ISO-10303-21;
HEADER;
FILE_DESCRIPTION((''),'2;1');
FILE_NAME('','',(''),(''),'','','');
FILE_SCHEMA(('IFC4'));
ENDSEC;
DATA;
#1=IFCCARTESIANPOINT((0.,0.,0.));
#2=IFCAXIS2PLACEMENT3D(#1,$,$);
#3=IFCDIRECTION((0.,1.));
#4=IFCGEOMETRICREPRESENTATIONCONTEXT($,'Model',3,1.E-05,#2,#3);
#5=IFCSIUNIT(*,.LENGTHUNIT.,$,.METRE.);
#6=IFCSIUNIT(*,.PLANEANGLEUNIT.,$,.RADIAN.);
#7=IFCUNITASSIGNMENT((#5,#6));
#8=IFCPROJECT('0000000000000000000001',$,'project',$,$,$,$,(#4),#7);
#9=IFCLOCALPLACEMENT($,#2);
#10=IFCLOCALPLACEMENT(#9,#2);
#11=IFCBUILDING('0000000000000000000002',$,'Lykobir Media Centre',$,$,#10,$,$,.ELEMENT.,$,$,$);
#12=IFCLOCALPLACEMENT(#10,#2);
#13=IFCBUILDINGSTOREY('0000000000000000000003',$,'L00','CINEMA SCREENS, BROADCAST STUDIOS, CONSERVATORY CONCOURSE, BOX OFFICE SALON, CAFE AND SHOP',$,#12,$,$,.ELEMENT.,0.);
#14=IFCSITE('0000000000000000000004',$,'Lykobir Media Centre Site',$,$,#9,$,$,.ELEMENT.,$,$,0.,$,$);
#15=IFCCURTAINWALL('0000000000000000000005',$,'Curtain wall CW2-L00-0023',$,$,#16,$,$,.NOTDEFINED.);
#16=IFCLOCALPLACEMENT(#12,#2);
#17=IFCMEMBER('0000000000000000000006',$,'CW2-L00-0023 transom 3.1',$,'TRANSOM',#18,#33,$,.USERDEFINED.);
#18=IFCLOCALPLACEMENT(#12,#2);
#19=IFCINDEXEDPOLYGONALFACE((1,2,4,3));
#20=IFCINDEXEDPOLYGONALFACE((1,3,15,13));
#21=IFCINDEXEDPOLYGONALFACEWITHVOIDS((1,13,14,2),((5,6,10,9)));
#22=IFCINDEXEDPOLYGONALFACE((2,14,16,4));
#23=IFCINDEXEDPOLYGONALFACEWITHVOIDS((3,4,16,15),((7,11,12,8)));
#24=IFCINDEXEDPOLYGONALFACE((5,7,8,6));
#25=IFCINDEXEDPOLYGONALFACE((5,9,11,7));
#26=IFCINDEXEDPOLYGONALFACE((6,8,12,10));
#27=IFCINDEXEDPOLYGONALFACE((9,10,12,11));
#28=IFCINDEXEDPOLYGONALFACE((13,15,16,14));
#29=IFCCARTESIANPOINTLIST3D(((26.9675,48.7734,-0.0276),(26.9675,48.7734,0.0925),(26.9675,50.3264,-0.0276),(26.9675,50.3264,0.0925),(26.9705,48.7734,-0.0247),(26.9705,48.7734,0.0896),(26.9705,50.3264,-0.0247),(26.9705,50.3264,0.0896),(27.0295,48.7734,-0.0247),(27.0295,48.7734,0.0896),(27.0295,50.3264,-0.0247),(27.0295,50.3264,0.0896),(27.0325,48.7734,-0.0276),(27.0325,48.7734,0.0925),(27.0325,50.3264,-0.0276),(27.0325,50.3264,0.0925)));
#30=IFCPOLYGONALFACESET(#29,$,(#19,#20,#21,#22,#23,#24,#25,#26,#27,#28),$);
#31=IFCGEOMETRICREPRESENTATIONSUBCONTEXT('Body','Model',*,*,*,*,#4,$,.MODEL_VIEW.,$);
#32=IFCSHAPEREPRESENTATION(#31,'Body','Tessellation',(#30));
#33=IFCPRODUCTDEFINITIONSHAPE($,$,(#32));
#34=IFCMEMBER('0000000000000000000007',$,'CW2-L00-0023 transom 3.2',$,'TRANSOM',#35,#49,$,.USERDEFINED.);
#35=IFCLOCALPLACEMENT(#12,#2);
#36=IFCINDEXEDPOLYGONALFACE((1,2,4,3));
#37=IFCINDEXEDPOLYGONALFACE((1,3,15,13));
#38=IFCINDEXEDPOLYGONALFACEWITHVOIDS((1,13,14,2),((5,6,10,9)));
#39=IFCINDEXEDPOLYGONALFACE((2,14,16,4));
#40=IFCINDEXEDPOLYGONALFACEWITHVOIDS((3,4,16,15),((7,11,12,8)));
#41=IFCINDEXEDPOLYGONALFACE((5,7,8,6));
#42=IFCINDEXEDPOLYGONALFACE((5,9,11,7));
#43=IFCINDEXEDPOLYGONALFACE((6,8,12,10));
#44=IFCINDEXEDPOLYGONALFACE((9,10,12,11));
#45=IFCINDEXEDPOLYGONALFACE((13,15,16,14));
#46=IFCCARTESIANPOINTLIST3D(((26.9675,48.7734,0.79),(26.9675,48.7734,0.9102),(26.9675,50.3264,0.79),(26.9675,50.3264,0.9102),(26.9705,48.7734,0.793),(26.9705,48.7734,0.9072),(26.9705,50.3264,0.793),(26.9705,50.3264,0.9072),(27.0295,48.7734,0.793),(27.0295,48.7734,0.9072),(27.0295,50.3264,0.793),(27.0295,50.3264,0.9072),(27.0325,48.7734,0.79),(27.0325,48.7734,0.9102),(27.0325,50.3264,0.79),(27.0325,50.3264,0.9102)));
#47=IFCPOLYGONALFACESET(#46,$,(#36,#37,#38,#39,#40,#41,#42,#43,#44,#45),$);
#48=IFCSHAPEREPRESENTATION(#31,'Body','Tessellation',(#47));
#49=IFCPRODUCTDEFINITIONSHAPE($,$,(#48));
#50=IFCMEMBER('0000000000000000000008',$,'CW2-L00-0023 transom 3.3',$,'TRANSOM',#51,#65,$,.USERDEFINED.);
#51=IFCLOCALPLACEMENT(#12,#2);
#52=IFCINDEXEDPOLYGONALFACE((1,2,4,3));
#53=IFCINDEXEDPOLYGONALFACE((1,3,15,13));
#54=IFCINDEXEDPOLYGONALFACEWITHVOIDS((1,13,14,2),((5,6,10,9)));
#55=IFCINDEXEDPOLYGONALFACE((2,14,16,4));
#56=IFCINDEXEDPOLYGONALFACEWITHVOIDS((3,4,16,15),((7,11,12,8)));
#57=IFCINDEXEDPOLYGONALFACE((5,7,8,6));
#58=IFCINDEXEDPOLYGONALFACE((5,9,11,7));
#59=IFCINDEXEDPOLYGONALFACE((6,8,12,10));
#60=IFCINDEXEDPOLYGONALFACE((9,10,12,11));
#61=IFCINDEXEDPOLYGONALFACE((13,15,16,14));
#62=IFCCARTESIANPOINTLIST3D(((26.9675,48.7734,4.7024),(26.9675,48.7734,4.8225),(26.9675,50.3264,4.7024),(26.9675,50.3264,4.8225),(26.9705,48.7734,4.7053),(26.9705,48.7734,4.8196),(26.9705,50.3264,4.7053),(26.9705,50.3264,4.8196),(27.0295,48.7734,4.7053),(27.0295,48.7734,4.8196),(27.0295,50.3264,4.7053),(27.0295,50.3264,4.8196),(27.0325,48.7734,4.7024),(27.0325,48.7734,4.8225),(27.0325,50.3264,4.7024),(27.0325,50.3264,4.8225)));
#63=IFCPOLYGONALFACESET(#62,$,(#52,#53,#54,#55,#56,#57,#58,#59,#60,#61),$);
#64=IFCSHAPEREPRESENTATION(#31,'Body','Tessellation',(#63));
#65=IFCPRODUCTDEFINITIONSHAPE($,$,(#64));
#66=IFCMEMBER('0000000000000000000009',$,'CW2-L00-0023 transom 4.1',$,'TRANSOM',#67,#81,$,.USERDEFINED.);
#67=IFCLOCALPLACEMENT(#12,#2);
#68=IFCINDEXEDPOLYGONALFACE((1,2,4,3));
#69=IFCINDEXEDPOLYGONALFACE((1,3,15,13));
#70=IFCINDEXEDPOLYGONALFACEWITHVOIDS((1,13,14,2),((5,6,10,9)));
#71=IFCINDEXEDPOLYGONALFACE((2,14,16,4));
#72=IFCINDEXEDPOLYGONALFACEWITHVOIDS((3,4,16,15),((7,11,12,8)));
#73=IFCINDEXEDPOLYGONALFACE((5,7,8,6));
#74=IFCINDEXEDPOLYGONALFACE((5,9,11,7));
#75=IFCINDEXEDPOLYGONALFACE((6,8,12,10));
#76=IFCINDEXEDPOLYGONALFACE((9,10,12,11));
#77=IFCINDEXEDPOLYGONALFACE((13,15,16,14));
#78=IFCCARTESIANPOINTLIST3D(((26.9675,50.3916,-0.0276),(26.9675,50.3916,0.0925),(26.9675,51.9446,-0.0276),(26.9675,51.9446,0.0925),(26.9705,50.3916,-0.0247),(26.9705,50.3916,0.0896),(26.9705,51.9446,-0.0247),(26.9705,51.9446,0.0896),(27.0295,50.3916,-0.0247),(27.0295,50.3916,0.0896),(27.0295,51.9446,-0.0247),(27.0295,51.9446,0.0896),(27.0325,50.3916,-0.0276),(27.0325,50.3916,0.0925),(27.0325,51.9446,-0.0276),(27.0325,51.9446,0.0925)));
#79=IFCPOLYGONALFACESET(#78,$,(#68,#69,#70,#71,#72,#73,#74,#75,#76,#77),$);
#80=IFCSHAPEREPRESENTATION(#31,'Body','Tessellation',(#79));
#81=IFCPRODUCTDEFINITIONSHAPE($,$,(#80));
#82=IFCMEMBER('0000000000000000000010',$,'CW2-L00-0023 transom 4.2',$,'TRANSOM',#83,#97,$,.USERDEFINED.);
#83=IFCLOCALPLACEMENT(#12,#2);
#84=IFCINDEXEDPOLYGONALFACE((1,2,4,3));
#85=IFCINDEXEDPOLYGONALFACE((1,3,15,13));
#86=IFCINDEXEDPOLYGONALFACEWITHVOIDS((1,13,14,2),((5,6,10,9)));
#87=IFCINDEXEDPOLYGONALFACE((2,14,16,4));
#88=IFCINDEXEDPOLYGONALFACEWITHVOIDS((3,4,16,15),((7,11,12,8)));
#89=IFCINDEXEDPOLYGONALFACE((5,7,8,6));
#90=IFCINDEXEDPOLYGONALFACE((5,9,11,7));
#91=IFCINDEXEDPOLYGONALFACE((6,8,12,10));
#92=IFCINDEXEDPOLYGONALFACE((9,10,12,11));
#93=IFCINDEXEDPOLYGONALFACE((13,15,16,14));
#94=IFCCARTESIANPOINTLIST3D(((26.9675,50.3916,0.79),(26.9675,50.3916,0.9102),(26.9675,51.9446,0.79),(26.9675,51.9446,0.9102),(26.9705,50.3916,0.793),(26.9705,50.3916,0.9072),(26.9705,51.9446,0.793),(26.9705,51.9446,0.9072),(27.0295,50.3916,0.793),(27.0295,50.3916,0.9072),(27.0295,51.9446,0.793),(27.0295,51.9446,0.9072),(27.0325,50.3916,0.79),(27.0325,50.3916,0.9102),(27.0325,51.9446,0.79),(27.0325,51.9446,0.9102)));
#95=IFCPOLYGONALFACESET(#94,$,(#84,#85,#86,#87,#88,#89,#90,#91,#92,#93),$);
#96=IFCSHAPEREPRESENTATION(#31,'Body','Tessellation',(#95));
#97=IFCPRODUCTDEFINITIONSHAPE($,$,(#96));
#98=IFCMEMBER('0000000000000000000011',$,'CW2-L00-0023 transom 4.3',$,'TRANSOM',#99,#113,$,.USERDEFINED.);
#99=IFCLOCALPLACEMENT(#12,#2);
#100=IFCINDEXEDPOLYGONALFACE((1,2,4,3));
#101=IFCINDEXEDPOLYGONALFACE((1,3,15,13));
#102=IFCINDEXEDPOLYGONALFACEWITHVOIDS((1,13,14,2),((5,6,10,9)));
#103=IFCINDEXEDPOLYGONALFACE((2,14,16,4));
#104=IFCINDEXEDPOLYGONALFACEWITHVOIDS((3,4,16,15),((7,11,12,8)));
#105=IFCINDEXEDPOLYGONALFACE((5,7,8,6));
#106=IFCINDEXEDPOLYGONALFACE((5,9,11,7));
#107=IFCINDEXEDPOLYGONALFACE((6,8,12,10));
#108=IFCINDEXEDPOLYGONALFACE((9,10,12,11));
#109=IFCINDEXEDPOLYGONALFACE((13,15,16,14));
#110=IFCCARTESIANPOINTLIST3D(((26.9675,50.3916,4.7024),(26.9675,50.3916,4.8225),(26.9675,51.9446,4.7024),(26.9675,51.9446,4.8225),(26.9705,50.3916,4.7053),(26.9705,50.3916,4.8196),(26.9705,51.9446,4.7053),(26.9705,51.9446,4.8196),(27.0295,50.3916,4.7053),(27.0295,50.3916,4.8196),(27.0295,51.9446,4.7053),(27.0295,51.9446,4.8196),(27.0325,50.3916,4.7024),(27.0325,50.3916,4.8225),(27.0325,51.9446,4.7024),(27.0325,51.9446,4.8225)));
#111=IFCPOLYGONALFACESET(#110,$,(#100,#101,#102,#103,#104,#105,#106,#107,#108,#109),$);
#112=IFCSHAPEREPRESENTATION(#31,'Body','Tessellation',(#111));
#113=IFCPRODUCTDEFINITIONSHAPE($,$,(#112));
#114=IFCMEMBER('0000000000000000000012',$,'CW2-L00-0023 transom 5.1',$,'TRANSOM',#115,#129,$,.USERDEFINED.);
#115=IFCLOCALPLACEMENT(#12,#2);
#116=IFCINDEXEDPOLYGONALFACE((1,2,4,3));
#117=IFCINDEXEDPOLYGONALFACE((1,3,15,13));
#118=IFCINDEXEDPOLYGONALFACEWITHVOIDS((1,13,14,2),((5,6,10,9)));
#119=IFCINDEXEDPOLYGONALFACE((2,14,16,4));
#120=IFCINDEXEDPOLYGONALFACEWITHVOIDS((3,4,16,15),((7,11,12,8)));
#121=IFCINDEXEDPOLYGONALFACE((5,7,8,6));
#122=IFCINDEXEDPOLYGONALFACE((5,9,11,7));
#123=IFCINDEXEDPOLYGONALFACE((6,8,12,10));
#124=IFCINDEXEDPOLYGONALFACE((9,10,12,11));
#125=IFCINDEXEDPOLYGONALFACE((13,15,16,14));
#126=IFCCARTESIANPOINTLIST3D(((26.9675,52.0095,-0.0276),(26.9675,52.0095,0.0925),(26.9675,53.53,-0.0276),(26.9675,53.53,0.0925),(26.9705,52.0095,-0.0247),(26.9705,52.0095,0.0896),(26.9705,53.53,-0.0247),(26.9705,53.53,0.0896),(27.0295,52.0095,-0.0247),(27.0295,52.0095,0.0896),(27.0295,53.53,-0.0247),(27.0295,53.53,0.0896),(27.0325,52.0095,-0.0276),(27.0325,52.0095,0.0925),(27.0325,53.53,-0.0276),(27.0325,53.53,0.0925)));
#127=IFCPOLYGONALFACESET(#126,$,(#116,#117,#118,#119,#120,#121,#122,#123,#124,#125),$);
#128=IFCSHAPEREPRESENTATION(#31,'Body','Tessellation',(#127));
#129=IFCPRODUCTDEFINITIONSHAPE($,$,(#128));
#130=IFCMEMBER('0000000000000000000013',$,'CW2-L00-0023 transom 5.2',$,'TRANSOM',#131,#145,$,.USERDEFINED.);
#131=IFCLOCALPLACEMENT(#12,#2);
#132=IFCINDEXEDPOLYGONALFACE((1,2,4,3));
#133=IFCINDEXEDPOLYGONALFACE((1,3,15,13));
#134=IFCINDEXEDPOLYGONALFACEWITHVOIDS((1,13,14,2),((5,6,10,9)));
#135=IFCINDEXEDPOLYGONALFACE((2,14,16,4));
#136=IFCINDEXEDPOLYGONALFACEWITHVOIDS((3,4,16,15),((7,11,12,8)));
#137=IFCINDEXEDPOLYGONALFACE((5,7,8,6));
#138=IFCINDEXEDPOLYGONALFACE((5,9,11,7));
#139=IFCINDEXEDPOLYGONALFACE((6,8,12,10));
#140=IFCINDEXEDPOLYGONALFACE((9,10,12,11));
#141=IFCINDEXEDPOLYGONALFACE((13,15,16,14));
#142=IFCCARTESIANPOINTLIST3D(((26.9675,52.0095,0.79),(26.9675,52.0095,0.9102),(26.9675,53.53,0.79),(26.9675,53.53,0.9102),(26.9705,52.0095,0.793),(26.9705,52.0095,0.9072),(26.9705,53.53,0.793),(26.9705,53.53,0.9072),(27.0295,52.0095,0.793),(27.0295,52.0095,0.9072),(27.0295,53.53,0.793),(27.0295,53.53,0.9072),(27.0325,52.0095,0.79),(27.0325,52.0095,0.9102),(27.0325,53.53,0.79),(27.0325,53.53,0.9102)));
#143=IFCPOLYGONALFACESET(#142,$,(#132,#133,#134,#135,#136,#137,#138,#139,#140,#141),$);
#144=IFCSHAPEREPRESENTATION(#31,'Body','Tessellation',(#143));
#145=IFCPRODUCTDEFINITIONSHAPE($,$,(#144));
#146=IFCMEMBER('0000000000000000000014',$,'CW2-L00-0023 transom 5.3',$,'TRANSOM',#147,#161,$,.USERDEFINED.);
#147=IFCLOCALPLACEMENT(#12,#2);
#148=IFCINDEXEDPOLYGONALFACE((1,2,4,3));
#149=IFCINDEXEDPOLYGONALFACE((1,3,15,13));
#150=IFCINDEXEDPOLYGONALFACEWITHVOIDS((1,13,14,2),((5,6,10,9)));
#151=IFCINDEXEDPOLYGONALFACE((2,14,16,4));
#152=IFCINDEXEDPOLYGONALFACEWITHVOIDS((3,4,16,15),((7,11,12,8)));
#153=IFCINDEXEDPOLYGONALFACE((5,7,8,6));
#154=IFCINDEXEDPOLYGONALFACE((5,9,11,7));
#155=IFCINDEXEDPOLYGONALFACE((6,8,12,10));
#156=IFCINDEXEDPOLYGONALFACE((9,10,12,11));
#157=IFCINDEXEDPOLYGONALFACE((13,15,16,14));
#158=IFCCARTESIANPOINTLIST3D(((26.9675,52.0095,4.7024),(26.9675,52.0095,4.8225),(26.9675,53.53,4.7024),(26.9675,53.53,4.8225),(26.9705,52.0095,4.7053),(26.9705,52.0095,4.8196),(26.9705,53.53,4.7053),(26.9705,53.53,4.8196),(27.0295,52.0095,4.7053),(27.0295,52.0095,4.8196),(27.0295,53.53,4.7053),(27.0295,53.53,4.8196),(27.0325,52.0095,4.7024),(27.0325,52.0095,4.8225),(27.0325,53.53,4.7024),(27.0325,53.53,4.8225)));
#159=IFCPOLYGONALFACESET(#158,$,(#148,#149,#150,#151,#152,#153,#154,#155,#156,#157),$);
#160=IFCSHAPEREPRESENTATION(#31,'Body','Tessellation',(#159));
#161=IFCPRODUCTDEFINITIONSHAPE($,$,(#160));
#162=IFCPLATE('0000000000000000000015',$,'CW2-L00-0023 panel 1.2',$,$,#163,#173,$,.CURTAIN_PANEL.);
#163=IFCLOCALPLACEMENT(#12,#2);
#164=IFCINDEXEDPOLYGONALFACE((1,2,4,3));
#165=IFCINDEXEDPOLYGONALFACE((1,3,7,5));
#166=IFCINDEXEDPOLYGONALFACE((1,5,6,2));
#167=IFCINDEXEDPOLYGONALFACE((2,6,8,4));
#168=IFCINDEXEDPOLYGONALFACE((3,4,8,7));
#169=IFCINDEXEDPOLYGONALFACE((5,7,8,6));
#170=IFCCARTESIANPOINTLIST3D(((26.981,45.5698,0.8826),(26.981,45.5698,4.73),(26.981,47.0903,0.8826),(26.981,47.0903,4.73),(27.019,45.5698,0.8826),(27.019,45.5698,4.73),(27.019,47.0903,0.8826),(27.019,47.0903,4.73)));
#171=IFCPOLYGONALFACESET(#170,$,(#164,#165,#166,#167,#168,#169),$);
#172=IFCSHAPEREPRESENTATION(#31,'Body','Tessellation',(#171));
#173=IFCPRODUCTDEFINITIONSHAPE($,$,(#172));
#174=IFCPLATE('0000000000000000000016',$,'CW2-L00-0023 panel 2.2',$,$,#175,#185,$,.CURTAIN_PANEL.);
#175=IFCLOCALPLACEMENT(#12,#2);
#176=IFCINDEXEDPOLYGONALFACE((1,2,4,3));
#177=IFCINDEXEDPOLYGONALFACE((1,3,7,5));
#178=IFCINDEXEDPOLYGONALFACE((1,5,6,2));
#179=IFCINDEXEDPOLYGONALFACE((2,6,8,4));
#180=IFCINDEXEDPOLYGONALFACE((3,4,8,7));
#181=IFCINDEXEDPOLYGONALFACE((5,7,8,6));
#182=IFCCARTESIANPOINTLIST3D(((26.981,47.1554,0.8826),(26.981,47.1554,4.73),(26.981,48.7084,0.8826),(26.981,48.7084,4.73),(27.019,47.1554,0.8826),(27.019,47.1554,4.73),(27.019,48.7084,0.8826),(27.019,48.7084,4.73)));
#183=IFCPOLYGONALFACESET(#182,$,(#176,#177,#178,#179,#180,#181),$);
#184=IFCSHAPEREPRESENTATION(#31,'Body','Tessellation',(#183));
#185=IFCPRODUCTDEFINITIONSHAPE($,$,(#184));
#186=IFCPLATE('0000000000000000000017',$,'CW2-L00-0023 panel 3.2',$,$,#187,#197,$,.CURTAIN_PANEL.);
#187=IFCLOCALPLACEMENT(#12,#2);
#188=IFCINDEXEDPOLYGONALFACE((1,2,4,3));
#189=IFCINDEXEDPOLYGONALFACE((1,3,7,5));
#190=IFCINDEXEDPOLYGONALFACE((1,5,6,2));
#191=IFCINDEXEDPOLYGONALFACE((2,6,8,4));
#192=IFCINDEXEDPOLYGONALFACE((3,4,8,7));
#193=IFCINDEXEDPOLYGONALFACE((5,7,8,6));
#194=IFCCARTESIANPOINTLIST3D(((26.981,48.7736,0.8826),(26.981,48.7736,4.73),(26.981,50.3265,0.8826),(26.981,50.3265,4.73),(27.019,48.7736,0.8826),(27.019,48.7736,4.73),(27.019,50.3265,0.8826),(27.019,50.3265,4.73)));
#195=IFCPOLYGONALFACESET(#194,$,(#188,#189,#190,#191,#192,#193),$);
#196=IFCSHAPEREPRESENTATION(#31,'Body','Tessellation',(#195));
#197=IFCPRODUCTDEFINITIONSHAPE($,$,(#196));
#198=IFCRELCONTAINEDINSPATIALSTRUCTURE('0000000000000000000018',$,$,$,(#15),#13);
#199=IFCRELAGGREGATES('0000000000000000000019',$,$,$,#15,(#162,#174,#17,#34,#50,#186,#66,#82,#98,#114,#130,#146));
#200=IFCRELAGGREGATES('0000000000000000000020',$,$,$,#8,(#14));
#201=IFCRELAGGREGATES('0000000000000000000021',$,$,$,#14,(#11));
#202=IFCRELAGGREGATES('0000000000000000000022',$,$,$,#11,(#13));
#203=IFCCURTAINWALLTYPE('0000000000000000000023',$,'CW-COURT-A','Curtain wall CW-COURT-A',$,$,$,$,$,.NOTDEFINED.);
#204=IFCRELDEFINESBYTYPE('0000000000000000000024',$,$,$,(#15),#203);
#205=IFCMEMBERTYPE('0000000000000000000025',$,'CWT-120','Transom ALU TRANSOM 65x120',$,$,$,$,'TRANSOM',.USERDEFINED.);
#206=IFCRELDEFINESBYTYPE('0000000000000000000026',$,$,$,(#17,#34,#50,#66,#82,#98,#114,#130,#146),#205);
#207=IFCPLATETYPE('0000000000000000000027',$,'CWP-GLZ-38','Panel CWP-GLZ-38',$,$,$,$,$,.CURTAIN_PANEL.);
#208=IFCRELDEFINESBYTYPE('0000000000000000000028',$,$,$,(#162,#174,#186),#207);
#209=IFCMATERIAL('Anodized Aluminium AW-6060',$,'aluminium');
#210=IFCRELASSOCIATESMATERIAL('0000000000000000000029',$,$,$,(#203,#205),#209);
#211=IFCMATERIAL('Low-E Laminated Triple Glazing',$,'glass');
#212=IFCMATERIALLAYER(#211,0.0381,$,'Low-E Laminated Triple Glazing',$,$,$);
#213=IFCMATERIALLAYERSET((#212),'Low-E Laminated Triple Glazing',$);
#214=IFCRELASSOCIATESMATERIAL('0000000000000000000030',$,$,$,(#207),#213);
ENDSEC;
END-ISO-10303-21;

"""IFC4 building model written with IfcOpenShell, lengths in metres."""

from ifc_helpers import new_model, si_unit, direction, frame, origin, origin_2d, place, context, subcontext, project, spatial, rectangle, hollow_rectangle, extrude, material, layer, layer_set, material_profile, profile_set, type_object, element, aggregate, save


model = new_model("IFC4")

# Units and contexts
model_context = context("Model", 3, precision=1e-05, world=origin(), true_north=direction((0.0, 1.0)))
body_context = subcontext(model_context, "Body", "Model", "MODEL_VIEW")
ifc_project = project(units=[si_unit("LENGTHUNIT", "METRE"), si_unit("PLANEANGLEUNIT", "RADIAN")], contexts=[model_context])

# Site, building, storey
site_placement = place(None, origin())
site = spatial("IfcSite", under=ifc_project, at=site_placement, Name="Lykobir Media Centre Site", CompositionType="ELEMENT", RefElevation=0.0)
building_placement = place(site_placement, origin())
building = spatial("IfcBuilding", under=site, at=building_placement, Name="Lykobir Media Centre", CompositionType="ELEMENT")
storey_placement = place(building_placement, origin())
storey = spatial("IfcBuildingStorey", under=building, at=storey_placement, Name="L00", Description="CINEMA SCREENS, BROADCAST STUDIOS, CONSERVATORY CONCOURSE, BOX OFFICE SALON, CAFE AND SHOP", CompositionType="ELEMENT", Elevation=0.0)

# Curtain wall, members, plates
ifc_material_1 = material(Name="Anodized Aluminium AW-6060", Category="aluminium")
curtain_wall_type = type_object("IfcCurtainWallType", Name="CW-COURT-A", Description="Curtain wall CW-COURT-A", PredefinedType="NOTDEFINED", material=ifc_material_1)
curtain_wall_placement = place(storey_placement, origin())
curtain_wall = element("IfcCurtainWall", 1, at=curtain_wall_placement, inside=storey, type_object=curtain_wall_type, Name="Curtain wall CW2-L00-0023", PredefinedType="NOTDEFINED")
ifc_material_profile_1 = material_profile(ifc_material_1, hollow_rectangle(XDim=0.0649, YDim=0.1201, WallThickness=0.0029, at=origin_2d()), Name="ALU TRANSOM 65x120")
ifc_profile_set_1 = profile_set([ifc_material_profile_1], Name="Anodized Aluminium AW-6060")
member_type_1 = type_object("IfcMemberType", Name="CWT-120", Description="Transom ALU TRANSOM 65x120", ElementType="TRANSOM", PredefinedType="USERDEFINED", material=ifc_profile_set_1)
member_1_placement = place(storey_placement, frame((27.0, 48.7734, 0.0325), z_axis=(0.0, 1.0, 0.0), x_axis=(-1.0, 0.0, 0.0)))
member_1 = element("IfcMember", 2, at=member_1_placement, type_object=member_type_1, Name="CW2-L00-0023 transom 3.1", ObjectType="TRANSOM", PredefinedType="USERDEFINED", context=body_context, shape_type="SweptSolid", body=[
    extrude(hollow_rectangle(XDim=0.0649, YDim=0.1201, WallThickness=0.0029, at=origin_2d()), origin(), (0.0, 0.0, 1.0), 1.553),
])
member_2_placement = place(storey_placement, frame((27.0, 48.7734, 0.8501), z_axis=(0.0, 1.0, 0.0), x_axis=(-1.0, 0.0, 0.0)))
member_2 = element("IfcMember", 3, at=member_2_placement, type_object=member_type_1, Name="CW2-L00-0023 transom 3.2", ObjectType="TRANSOM", PredefinedType="USERDEFINED", context=body_context, shape_type="SweptSolid", body=[
    extrude(hollow_rectangle(XDim=0.0649, YDim=0.1201, WallThickness=0.0029, at=origin_2d()), origin(), (0.0, 0.0, 1.0), 1.553),
])
member_3_placement = place(storey_placement, frame((27.0, 48.7734, 4.7625), z_axis=(0.0, 1.0, 0.0), x_axis=(-1.0, 0.0, 0.0)))
member_3 = element("IfcMember", 4, at=member_3_placement, type_object=member_type_1, Name="CW2-L00-0023 transom 3.3", ObjectType="TRANSOM", PredefinedType="USERDEFINED", context=body_context, shape_type="SweptSolid", body=[
    extrude(hollow_rectangle(XDim=0.0649, YDim=0.1201, WallThickness=0.0029, at=origin_2d()), origin(), (0.0, 0.0, 1.0), 1.553),
])
member_4_placement = place(storey_placement, frame((27.0, 50.3916, 0.0325), z_axis=(0.0, 1.0, 0.0), x_axis=(-1.0, 0.0, 0.0)))
member_4 = element("IfcMember", 5, at=member_4_placement, type_object=member_type_1, Name="CW2-L00-0023 transom 4.1", ObjectType="TRANSOM", PredefinedType="USERDEFINED", context=body_context, shape_type="SweptSolid", body=[
    extrude(hollow_rectangle(XDim=0.0649, YDim=0.1201, WallThickness=0.0029, at=origin_2d()), origin(), (0.0, 0.0, 1.0), 1.553),
])
member_5_placement = place(storey_placement, frame((27.0, 50.3916, 0.8501), z_axis=(0.0, 1.0, 0.0), x_axis=(-1.0, 0.0, 0.0)))
member_5 = element("IfcMember", 6, at=member_5_placement, type_object=member_type_1, Name="CW2-L00-0023 transom 4.2", ObjectType="TRANSOM", PredefinedType="USERDEFINED", context=body_context, shape_type="SweptSolid", body=[
    extrude(hollow_rectangle(XDim=0.0649, YDim=0.1201, WallThickness=0.0029, at=origin_2d()), origin(), (0.0, 0.0, 1.0), 1.553),
])
member_6_placement = place(storey_placement, frame((27.0, 50.3916, 4.7625), z_axis=(0.0, 1.0, 0.0), x_axis=(-1.0, 0.0, 0.0)))
member_6 = element("IfcMember", 7, at=member_6_placement, type_object=member_type_1, Name="CW2-L00-0023 transom 4.3", ObjectType="TRANSOM", PredefinedType="USERDEFINED", context=body_context, shape_type="SweptSolid", body=[
    extrude(hollow_rectangle(XDim=0.0649, YDim=0.1201, WallThickness=0.0029, at=origin_2d()), origin(), (0.0, 0.0, 1.0), 1.553),
])
member_7_placement = place(storey_placement, frame((27.0, 52.0095, 0.0325), z_axis=(0.0, 1.0, 0.0), x_axis=(-1.0, 0.0, 0.0)))
member_7 = element("IfcMember", 8, at=member_7_placement, type_object=member_type_1, Name="CW2-L00-0023 transom 5.1", ObjectType="TRANSOM", PredefinedType="USERDEFINED", context=body_context, shape_type="SweptSolid", body=[
    extrude(hollow_rectangle(XDim=0.0649, YDim=0.1201, WallThickness=0.0029, at=origin_2d()), origin(), (0.0, 0.0, 1.0), 1.5205),
])
member_8_placement = place(storey_placement, frame((27.0, 52.0095, 0.8501), z_axis=(0.0, 1.0, 0.0), x_axis=(-1.0, 0.0, 0.0)))
member_8 = element("IfcMember", 9, at=member_8_placement, type_object=member_type_1, Name="CW2-L00-0023 transom 5.2", ObjectType="TRANSOM", PredefinedType="USERDEFINED", context=body_context, shape_type="SweptSolid", body=[
    extrude(hollow_rectangle(XDim=0.0649, YDim=0.1201, WallThickness=0.0029, at=origin_2d()), origin(), (0.0, 0.0, 1.0), 1.5205),
])
member_9_placement = place(storey_placement, frame((27.0, 52.0095, 4.7625), z_axis=(0.0, 1.0, 0.0), x_axis=(-1.0, 0.0, 0.0)))
member_9 = element("IfcMember", 10, at=member_9_placement, type_object=member_type_1, Name="CW2-L00-0023 transom 5.3", ObjectType="TRANSOM", PredefinedType="USERDEFINED", context=body_context, shape_type="SweptSolid", body=[
    extrude(hollow_rectangle(XDim=0.0649, YDim=0.1201, WallThickness=0.0029, at=origin_2d()), origin(), (0.0, 0.0, 1.0), 1.5205),
])
ifc_material_2 = material(Name="Low-E Laminated Triple Glazing", Category="glass")
ifc_layer_1 = layer(ifc_material_2, 0.0381, Name="Low-E Laminated Triple Glazing")
ifc_layer_set_1 = layer_set([ifc_layer_1], Name="Low-E Laminated Triple Glazing")
plate_type_1 = type_object("IfcPlateType", Name="CWP-GLZ-38", Description="Panel CWP-GLZ-38", PredefinedType="CURTAIN_PANEL", material=ifc_layer_set_1)
plate_1_placement = place(storey_placement, frame((27.0, 46.3301, 0.8826), z_axis=(0.0, 0.0, 1.0), x_axis=(0.0, 1.0, 0.0)))
plate_1 = element("IfcPlate", 11, at=plate_1_placement, type_object=plate_type_1, Name="CW2-L00-0023 panel 1.2", PredefinedType="CURTAIN_PANEL", context=body_context, shape_type="SweptSolid", body=[
    extrude(rectangle(XDim=1.5205, YDim=0.0381, at=origin_2d()), origin(), (0.0, 0.0, 1.0), 3.8474),
])
plate_2_placement = place(storey_placement, frame((27.0, 47.9319, 0.8826), z_axis=(0.0, 0.0, 1.0), x_axis=(0.0, 1.0, 0.0)))
plate_2 = element("IfcPlate", 12, at=plate_2_placement, type_object=plate_type_1, Name="CW2-L00-0023 panel 2.2", PredefinedType="CURTAIN_PANEL", context=body_context, shape_type="SweptSolid", body=[
    extrude(rectangle(XDim=1.553, YDim=0.0381, at=origin_2d()), origin(), (0.0, 0.0, 1.0), 3.8474),
])
plate_3_placement = place(storey_placement, frame((27.0, 49.55, 0.8826), z_axis=(0.0, 0.0, 1.0), x_axis=(0.0, 1.0, 0.0)))
plate_3 = element("IfcPlate", 13, at=plate_3_placement, type_object=plate_type_1, Name="CW2-L00-0023 panel 3.2", PredefinedType="CURTAIN_PANEL", context=body_context, shape_type="SweptSolid", body=[
    extrude(rectangle(XDim=1.553, YDim=0.0381, at=origin_2d()), origin(), (0.0, 0.0, 1.0), 3.8474),
])
aggregate(curtain_wall, [plate_1, plate_2, member_1, member_2, member_3, plate_3, member_4, member_5, member_6, member_7, member_8, member_9])

save(model, "model.ifc")
